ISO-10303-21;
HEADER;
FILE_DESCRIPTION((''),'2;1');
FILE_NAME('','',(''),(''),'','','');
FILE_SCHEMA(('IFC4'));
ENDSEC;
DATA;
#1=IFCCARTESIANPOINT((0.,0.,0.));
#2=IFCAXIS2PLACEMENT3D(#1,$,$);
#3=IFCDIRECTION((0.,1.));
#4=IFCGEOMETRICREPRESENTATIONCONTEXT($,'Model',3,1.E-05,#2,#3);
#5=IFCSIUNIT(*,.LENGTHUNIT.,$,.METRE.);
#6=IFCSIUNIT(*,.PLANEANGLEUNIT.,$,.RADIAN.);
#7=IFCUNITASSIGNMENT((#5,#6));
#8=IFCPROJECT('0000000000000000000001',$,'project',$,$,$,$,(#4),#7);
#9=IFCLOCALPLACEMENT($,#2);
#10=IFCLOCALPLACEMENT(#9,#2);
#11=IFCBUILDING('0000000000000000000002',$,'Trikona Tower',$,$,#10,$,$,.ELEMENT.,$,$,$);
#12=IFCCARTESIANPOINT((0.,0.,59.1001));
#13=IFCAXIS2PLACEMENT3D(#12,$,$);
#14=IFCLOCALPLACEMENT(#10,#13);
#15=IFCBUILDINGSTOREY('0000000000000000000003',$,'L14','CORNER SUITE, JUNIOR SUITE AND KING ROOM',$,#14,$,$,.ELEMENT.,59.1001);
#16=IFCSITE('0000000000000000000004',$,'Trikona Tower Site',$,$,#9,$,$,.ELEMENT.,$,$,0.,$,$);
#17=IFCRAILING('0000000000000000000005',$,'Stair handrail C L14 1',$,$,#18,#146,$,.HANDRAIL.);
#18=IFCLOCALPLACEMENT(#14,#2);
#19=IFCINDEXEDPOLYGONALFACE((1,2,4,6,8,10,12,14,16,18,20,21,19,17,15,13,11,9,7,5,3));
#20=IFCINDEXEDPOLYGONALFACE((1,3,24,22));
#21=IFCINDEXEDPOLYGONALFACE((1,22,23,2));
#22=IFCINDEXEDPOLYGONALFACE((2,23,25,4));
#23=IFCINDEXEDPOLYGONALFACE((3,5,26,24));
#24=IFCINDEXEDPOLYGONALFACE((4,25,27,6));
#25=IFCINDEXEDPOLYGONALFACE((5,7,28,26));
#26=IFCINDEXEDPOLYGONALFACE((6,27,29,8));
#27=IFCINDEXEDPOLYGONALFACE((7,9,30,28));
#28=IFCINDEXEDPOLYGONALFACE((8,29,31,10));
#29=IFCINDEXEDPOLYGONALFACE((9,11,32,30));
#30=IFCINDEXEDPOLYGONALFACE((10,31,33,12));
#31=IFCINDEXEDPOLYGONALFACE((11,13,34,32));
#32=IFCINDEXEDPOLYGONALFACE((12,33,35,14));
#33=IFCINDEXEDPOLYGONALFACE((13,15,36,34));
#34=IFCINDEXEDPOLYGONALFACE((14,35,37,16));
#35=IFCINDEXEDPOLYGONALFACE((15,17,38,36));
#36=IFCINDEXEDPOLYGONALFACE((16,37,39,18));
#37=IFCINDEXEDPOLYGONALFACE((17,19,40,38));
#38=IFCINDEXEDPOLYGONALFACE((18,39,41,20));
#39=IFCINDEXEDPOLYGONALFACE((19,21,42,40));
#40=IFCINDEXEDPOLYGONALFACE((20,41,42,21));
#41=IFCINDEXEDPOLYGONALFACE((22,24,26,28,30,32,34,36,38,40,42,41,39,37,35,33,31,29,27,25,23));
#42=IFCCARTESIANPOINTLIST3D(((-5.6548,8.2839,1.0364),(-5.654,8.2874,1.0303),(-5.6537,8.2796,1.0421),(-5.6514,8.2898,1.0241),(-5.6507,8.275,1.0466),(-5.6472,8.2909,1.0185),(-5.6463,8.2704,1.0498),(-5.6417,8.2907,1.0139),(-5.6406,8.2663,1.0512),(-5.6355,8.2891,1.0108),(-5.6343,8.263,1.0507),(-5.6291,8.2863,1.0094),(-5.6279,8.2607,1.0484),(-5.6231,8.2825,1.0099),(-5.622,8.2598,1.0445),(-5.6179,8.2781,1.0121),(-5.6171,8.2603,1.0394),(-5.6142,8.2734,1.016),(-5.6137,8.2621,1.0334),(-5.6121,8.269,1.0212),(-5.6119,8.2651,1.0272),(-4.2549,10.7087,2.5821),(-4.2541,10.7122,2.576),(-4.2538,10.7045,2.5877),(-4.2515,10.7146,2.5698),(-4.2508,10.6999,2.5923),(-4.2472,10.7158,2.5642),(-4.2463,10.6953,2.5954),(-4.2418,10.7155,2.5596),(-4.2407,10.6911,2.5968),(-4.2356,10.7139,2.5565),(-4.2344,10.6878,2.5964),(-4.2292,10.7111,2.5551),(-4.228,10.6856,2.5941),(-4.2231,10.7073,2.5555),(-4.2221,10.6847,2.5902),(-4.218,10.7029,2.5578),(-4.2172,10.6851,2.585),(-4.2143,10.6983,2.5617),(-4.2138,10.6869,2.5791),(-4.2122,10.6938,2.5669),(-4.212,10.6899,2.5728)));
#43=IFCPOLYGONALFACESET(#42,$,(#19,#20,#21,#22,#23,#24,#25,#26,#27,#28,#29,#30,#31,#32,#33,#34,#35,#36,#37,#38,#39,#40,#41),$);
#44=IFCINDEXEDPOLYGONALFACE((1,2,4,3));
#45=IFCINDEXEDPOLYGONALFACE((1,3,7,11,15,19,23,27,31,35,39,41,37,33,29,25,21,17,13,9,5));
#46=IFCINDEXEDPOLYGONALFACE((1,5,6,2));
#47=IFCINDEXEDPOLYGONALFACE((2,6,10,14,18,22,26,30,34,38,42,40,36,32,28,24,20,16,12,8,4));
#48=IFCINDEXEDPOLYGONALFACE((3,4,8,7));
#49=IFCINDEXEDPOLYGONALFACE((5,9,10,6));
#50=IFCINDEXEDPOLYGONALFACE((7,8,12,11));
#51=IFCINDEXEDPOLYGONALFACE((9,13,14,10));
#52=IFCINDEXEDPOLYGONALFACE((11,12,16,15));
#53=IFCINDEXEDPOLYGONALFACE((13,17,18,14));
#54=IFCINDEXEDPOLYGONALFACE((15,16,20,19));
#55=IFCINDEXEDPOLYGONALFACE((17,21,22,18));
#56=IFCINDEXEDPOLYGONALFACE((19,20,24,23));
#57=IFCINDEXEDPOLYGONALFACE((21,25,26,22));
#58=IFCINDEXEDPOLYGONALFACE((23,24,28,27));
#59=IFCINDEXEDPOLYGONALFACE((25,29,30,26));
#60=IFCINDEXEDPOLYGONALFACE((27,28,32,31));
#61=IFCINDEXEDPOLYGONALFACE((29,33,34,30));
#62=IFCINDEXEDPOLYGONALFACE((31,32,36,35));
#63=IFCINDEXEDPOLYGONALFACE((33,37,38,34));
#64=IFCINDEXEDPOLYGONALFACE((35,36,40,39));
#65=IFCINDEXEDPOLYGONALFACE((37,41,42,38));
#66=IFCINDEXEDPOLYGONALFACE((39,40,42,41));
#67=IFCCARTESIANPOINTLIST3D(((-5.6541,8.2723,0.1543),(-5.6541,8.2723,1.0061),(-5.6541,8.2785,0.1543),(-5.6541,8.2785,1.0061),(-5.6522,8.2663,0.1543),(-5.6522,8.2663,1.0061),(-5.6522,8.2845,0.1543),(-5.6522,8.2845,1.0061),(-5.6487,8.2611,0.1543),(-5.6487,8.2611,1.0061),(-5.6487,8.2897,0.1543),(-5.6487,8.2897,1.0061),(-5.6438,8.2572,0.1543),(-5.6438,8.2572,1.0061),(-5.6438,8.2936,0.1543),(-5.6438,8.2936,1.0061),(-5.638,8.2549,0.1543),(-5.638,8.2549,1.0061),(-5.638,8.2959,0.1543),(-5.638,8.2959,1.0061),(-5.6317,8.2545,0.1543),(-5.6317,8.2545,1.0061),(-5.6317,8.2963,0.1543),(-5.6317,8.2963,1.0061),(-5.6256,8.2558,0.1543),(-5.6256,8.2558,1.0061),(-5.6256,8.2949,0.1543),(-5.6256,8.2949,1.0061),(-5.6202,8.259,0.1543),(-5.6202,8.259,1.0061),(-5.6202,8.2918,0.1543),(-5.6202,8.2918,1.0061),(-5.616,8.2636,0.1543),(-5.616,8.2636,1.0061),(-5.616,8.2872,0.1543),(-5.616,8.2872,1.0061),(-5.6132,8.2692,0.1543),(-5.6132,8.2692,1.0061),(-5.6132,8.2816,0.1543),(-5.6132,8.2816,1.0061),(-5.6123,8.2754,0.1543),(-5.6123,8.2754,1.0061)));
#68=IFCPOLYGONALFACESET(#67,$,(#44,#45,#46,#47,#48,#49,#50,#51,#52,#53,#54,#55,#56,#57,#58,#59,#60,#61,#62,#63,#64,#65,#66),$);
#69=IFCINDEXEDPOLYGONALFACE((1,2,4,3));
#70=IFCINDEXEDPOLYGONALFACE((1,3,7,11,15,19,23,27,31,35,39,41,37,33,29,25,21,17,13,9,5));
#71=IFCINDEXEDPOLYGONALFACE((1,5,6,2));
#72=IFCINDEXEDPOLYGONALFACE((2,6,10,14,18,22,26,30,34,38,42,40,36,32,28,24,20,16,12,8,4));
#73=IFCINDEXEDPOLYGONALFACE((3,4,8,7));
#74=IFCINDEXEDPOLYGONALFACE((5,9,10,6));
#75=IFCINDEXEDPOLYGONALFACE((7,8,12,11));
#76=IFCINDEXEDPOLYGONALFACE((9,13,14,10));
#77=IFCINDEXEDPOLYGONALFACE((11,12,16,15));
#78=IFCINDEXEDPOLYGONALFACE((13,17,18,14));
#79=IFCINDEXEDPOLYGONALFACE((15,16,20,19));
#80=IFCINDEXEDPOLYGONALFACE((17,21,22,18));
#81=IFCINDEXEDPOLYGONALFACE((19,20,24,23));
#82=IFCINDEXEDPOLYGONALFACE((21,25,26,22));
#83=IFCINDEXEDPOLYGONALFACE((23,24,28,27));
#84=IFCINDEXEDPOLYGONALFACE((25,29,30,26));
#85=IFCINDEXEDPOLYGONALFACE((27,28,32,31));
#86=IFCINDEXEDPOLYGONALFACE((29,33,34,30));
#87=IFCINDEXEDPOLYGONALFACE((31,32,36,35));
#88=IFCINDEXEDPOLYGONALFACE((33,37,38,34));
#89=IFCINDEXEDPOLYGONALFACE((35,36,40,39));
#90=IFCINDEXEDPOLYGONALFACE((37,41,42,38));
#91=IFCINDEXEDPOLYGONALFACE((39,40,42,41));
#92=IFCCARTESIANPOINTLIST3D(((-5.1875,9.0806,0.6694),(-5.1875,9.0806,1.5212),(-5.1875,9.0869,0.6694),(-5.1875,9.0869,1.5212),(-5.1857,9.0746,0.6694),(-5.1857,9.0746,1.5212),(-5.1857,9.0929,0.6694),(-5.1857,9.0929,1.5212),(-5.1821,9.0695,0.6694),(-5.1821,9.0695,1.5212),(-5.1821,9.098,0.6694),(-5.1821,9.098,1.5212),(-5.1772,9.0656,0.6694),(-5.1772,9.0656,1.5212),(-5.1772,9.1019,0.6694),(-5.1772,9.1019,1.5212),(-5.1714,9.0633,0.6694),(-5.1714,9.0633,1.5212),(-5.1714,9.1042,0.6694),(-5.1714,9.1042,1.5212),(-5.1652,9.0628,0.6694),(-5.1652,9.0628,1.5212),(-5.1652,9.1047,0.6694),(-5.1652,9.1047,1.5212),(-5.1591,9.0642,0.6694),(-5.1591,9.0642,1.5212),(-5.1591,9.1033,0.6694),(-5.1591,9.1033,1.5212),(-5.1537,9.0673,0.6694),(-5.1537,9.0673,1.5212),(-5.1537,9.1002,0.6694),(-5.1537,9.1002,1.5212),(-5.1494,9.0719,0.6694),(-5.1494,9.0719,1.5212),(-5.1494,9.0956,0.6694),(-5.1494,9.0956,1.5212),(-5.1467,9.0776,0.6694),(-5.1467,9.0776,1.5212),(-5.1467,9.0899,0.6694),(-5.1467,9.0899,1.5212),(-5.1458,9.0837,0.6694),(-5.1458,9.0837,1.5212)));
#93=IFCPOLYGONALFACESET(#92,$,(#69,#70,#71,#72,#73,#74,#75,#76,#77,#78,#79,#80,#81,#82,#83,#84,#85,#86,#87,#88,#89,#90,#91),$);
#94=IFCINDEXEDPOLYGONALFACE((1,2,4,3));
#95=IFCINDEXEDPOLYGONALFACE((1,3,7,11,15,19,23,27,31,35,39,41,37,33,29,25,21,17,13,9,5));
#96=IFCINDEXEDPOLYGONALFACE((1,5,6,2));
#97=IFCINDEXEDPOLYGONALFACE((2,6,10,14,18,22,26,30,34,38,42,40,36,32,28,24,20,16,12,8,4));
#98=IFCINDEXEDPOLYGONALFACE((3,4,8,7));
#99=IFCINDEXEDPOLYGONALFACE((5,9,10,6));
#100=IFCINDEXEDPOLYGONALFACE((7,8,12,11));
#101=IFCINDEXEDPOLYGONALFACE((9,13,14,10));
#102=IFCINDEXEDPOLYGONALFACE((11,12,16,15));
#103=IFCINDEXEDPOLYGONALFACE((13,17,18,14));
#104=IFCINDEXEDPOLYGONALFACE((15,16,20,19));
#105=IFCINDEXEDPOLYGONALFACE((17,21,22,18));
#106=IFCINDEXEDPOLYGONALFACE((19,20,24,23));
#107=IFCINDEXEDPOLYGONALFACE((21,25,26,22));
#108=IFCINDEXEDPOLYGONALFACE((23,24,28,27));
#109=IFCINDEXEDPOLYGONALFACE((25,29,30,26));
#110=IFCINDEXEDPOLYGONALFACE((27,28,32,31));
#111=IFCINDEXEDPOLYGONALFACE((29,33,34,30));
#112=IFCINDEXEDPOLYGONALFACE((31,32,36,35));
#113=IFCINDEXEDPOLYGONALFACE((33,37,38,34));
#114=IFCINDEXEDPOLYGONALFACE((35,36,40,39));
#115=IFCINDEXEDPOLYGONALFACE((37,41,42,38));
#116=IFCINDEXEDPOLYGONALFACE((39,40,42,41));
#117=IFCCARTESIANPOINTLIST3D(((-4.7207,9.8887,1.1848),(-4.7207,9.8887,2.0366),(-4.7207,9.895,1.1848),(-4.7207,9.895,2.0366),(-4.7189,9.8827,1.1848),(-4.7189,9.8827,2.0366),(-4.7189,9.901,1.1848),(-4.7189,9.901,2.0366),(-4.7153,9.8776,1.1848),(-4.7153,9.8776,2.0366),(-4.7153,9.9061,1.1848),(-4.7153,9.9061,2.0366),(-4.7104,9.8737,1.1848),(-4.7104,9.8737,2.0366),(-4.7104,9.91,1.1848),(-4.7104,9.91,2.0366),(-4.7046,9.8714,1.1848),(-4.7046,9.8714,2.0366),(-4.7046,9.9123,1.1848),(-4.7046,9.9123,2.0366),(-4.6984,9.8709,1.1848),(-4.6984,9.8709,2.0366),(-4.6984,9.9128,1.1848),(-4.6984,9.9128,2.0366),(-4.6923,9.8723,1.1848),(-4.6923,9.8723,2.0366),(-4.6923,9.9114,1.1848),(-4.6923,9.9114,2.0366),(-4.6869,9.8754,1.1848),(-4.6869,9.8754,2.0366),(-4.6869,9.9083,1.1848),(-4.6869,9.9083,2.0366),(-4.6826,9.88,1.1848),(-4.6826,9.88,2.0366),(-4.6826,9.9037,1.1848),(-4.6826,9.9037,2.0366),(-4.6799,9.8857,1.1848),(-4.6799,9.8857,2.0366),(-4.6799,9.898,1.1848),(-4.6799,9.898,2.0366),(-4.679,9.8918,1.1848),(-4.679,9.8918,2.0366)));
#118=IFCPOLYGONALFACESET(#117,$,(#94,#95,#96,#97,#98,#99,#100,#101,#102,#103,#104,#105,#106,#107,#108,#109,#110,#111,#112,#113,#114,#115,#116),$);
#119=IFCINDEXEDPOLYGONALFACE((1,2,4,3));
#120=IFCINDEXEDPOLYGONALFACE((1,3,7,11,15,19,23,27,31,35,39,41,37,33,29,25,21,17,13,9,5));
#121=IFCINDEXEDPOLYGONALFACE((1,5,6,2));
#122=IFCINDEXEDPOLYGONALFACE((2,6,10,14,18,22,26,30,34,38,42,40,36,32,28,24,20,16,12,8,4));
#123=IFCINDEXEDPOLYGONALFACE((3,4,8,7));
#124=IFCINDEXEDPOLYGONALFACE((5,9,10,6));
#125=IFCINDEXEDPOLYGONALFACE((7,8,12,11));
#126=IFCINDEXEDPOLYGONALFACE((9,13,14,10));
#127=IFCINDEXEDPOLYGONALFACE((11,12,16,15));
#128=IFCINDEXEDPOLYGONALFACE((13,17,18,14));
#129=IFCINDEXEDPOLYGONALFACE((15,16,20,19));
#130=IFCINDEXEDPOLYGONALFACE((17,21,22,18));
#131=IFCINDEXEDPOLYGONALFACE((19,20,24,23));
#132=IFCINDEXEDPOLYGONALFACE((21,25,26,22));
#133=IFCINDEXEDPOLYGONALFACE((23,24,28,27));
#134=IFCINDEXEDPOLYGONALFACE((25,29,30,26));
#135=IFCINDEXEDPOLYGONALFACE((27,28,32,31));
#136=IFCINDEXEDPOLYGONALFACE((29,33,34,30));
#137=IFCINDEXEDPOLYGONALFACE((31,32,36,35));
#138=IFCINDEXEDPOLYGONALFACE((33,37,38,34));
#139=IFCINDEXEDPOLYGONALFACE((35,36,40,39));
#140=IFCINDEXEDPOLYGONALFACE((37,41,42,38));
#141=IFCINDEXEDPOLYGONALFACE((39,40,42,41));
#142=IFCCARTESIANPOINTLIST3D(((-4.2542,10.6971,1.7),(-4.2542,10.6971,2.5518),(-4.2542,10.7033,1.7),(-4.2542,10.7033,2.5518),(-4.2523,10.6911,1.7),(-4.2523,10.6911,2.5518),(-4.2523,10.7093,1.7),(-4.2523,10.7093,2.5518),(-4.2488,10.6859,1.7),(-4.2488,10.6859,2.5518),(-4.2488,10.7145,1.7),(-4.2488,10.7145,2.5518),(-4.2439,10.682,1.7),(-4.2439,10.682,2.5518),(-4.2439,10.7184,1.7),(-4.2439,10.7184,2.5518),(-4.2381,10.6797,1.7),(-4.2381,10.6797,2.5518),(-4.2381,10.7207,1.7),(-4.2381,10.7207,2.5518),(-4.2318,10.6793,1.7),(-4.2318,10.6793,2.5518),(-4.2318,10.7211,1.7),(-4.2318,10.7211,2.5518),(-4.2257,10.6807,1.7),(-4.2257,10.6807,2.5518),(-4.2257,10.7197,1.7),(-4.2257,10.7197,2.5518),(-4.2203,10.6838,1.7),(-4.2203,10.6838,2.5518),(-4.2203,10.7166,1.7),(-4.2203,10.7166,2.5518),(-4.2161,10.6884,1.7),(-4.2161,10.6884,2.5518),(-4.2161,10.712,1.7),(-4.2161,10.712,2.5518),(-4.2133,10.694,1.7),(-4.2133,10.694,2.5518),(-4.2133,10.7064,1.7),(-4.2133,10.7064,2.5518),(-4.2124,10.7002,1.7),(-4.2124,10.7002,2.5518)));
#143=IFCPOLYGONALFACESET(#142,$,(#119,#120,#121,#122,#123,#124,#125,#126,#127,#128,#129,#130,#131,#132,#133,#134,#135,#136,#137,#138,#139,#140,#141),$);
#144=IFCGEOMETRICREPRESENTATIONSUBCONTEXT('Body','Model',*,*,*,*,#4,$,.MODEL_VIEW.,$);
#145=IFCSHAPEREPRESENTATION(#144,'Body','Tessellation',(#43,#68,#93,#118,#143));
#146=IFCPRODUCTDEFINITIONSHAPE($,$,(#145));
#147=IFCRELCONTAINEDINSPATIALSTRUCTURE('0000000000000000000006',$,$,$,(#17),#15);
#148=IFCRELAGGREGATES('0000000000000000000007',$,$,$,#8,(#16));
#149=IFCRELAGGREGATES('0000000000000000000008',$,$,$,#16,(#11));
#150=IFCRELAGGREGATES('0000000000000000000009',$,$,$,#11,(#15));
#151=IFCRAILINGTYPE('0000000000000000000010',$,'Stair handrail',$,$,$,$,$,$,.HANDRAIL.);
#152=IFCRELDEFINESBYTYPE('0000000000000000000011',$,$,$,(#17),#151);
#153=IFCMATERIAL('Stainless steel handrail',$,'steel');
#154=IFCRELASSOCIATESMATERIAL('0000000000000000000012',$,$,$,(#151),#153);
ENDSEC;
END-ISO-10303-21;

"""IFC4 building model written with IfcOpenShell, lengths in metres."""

from ifc_helpers import new_model, si_unit, direction, frame, origin, origin_2d, place, context, subcontext, project, spatial, circle, extrude, material, type_object, element, save


model = new_model("IFC4")

# Units and contexts
model_context = context("Model", 3, precision=1e-05, world=origin(), true_north=direction((0.0, 1.0)))
body_context = subcontext(model_context, "Body", "Model", "MODEL_VIEW")
ifc_project = project(units=[si_unit("LENGTHUNIT", "METRE"), si_unit("PLANEANGLEUNIT", "RADIAN")], contexts=[model_context])

# Site, building, storey
site_placement = place(None, origin())
site = spatial("IfcSite", under=ifc_project, at=site_placement, Name="Trikona Tower Site", CompositionType="ELEMENT", RefElevation=0.0)
building_placement = place(site_placement, origin())
building = spatial("IfcBuilding", under=site, at=building_placement, Name="Trikona Tower", CompositionType="ELEMENT")
storey_placement = place(building_placement, frame((0.0, 0.0, 59.1001)))
storey = spatial("IfcBuildingStorey", under=building, at=storey_placement, Name="L14", Description="CORNER SUITE, JUNIOR SUITE AND KING ROOM", CompositionType="ELEMENT", Elevation=59.1001)

# Railing
ifc_material_1 = material(Name="Stainless steel handrail", Category="steel")
railing_type = type_object("IfcRailingType", Name="Stair handrail", PredefinedType="HANDRAIL", material=ifc_material_1)
railing_1_placement = place(storey_placement, frame((-5.6333, 8.2754, 0.1543)))
element("IfcRailing", 1, at=railing_1_placement, inside=storey, type_object=railing_type, Name="Stair handrail C L14 1", PredefinedType="HANDRAIL", context=body_context, shape_type="SweptSolid", body=[
    extrude(circle(Radius=0.0239, at=origin_2d()), frame((0.0, 0.0, 0.876), z_axis=(0.437716, 0.758179, 0.48329), x_axis=(-0.866035, 0.499984, 0.0)), (0.0, 0.0, 1.0), 3.1982),
    extrude(circle(Radius=0.021, at=origin_2d()), origin(), (0.0, 0.0, 1.0), 0.8518),
    extrude(circle(Radius=0.021, at=origin_2d()), frame((0.4666, 0.8083, 0.5151)), (0.0, 0.0, 1.0), 0.8518),
    extrude(circle(Radius=0.021, at=origin_2d()), frame((0.9333, 1.6165, 1.0305)), (0.0, 0.0, 1.0), 0.8518),
    extrude(circle(Radius=0.021, at=origin_2d()), frame((1.3999, 2.4248, 1.5457)), (0.0, 0.0, 1.0), 0.8518),
])

save(model, "model.ifc")
